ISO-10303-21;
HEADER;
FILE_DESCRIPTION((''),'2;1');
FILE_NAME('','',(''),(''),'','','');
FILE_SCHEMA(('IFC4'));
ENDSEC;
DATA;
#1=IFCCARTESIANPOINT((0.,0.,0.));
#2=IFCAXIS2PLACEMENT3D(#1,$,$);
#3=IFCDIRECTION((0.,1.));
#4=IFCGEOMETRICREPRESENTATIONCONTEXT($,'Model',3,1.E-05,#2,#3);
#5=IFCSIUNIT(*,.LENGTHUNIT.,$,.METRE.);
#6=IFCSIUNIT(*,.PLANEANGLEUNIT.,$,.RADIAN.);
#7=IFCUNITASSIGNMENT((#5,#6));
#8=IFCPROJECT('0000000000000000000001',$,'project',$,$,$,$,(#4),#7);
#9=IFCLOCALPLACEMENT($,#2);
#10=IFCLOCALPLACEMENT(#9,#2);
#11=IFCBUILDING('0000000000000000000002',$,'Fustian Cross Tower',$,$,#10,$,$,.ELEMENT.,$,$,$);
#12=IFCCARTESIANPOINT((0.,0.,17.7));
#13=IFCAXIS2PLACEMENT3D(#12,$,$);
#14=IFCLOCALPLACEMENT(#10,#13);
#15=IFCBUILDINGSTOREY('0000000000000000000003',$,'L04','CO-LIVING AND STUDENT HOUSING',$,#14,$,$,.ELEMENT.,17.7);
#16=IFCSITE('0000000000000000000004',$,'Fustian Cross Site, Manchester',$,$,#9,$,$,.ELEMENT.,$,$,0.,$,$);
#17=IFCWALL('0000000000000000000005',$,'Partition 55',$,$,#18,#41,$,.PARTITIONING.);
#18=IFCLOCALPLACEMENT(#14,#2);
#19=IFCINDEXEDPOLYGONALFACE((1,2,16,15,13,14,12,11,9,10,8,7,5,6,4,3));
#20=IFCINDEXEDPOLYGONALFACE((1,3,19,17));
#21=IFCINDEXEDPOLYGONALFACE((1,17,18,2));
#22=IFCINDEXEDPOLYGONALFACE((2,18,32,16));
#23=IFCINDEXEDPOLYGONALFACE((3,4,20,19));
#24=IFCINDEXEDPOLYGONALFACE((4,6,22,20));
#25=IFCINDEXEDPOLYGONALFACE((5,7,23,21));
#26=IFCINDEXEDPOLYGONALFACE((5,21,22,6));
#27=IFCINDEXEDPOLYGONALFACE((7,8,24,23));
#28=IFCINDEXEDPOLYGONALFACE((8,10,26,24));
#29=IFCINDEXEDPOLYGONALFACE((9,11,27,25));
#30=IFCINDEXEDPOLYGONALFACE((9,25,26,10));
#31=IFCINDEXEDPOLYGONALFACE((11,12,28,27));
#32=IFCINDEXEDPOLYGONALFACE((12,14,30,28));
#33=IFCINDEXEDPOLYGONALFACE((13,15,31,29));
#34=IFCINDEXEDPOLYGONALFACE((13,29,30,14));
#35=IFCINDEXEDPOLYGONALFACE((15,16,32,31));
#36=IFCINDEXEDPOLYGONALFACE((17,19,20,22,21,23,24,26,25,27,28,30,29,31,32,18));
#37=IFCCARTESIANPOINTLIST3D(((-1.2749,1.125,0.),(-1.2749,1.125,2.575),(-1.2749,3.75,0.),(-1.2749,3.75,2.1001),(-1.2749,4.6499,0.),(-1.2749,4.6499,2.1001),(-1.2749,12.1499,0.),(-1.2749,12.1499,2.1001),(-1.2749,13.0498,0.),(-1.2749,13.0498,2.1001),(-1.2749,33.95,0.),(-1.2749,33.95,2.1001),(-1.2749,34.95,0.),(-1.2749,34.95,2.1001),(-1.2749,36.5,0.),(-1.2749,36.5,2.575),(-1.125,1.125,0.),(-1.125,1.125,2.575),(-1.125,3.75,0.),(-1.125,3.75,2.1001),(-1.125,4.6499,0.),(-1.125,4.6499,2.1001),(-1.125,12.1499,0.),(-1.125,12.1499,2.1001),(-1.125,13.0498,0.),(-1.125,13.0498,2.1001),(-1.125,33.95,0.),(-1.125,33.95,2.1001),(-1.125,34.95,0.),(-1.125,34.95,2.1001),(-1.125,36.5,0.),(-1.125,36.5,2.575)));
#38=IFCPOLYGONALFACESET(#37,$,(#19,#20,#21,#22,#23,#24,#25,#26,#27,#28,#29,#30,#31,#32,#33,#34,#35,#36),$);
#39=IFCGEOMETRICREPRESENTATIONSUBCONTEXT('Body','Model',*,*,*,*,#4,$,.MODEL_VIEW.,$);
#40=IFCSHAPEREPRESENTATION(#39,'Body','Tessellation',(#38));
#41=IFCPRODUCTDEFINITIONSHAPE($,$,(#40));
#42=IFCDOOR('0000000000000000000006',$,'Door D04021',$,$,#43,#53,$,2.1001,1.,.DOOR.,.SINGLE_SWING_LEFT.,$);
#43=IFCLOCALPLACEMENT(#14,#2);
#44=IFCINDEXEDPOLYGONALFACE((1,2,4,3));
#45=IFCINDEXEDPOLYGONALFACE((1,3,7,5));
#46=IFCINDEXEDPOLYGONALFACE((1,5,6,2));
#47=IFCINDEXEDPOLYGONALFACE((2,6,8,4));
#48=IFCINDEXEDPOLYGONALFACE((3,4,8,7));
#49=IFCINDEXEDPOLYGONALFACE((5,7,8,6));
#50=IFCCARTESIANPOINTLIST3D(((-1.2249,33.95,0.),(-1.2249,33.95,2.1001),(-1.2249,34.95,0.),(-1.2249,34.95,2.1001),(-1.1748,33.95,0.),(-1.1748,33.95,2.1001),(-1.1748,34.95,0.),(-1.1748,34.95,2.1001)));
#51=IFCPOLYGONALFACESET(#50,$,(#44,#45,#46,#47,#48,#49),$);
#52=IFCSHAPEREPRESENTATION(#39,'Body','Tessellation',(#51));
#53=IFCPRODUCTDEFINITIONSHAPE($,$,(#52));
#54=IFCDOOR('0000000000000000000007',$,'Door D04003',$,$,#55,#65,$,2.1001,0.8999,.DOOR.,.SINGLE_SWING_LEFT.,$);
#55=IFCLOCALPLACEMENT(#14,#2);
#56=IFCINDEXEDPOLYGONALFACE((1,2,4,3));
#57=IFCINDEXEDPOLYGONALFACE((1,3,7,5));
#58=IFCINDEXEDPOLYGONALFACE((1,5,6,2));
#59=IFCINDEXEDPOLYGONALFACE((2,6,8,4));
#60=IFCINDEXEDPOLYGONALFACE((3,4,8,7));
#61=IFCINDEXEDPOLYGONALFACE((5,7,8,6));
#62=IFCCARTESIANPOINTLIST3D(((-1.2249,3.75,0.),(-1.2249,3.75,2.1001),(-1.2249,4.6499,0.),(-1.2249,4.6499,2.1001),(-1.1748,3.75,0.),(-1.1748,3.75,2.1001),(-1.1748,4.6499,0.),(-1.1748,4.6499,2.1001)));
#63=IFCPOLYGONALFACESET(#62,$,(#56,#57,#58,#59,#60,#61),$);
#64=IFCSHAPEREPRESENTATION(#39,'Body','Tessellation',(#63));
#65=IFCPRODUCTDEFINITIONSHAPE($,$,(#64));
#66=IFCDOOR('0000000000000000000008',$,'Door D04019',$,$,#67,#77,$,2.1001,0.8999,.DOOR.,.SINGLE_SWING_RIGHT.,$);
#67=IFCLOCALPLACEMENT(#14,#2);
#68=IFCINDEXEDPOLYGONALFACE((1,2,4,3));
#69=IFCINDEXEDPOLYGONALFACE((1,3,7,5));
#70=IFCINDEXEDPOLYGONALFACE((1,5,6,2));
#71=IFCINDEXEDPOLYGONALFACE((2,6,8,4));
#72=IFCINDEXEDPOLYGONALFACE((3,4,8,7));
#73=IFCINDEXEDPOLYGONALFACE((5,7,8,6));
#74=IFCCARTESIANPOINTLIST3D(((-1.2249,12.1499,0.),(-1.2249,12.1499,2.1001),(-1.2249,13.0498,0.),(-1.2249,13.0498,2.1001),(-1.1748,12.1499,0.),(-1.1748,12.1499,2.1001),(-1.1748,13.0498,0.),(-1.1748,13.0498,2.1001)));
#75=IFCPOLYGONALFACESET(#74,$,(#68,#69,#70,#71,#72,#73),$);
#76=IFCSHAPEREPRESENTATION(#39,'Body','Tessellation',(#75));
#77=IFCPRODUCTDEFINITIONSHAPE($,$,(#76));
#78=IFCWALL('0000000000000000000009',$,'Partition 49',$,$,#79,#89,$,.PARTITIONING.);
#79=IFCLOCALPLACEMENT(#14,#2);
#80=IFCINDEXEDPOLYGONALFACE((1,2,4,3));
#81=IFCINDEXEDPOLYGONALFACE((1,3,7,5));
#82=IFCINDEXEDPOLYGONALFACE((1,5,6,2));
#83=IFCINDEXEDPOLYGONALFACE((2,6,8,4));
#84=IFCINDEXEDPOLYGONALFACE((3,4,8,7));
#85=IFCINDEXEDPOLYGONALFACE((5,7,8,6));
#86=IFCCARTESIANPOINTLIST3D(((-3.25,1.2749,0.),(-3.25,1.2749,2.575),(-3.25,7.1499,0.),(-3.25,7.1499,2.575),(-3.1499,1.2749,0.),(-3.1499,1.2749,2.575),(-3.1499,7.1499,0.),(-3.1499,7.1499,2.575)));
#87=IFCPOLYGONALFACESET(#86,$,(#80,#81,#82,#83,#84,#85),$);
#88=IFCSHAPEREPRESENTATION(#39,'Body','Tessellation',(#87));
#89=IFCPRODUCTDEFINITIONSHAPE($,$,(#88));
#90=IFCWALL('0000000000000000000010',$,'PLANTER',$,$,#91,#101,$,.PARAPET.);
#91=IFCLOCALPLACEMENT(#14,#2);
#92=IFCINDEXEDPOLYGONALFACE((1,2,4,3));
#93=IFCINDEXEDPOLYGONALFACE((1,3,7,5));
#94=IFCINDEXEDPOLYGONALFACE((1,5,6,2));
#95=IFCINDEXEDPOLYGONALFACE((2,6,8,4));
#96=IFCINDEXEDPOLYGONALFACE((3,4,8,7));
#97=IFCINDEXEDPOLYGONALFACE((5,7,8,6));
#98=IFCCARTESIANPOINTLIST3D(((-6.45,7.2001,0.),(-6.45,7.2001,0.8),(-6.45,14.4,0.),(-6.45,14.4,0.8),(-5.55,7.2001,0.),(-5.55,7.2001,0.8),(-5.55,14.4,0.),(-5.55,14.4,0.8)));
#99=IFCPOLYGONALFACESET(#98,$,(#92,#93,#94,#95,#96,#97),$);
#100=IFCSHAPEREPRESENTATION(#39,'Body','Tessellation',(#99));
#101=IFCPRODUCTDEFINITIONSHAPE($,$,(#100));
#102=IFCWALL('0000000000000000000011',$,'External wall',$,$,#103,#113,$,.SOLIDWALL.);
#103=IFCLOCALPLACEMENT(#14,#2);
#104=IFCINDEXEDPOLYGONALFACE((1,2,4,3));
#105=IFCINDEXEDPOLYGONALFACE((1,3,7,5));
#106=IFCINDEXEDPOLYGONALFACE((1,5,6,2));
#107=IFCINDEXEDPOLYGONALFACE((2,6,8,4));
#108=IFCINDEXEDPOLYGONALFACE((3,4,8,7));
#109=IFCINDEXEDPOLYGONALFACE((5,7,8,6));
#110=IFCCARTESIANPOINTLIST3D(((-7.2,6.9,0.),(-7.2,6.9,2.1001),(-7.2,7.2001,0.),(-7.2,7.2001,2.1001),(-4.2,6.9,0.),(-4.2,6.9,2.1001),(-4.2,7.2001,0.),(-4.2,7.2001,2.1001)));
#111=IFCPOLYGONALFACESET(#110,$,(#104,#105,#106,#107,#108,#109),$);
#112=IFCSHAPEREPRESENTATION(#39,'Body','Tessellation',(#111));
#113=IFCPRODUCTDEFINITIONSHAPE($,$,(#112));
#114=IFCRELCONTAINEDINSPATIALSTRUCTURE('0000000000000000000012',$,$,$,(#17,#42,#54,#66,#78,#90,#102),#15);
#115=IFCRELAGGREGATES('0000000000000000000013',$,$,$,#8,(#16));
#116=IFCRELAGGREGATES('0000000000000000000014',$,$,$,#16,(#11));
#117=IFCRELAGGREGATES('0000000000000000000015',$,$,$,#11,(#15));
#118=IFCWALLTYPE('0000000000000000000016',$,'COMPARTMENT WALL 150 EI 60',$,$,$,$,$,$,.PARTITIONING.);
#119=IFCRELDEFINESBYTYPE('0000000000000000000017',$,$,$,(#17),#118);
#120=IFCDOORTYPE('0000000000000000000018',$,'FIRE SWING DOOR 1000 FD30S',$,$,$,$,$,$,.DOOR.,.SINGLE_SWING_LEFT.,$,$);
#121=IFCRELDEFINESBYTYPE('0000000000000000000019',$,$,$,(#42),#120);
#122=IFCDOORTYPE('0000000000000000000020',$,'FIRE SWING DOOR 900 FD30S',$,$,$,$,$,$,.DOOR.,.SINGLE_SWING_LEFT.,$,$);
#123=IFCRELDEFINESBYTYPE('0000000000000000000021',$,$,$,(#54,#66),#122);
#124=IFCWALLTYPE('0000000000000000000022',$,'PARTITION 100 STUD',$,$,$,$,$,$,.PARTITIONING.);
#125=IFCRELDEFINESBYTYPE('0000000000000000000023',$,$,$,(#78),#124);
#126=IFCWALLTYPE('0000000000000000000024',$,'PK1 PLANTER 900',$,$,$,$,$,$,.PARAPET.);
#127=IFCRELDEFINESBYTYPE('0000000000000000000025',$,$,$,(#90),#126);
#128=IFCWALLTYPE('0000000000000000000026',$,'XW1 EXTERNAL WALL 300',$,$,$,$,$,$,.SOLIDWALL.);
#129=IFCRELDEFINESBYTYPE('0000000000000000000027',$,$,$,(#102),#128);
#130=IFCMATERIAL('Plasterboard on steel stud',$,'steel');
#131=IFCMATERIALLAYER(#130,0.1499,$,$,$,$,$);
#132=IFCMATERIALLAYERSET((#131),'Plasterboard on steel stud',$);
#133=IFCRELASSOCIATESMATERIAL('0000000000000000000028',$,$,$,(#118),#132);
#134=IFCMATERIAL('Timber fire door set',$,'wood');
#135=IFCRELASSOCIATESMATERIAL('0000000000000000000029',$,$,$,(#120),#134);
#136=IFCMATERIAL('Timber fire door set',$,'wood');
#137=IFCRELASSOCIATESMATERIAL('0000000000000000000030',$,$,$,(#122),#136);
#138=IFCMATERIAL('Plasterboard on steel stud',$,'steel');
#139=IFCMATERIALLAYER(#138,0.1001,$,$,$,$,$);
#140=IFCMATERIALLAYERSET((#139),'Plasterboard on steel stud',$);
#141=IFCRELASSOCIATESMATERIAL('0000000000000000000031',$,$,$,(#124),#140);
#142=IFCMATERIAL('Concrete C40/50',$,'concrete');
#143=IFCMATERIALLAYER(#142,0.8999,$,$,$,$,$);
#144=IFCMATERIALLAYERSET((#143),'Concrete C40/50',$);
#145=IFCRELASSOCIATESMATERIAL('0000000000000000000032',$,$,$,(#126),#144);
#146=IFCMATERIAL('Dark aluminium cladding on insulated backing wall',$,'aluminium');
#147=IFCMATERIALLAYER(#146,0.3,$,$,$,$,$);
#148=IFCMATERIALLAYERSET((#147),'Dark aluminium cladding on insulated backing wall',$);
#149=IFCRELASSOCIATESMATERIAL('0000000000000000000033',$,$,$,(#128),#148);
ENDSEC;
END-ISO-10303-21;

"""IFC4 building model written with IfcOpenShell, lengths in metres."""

from ifc_helpers import new_model, si_unit, direction, frame, frame_2d, origin, place, context, subcontext, project, spatial, rectangle, extrude, material, layer, layer_set, type_object, element, fill, save


model = new_model("IFC4")

# Units and contexts
model_context = context("Model", 3, precision=1e-05, world=origin(), true_north=direction((0.0, 1.0)))
body_context = subcontext(model_context, "Body", "Model", "MODEL_VIEW")
ifc_project = project(units=[si_unit("LENGTHUNIT", "METRE"), si_unit("PLANEANGLEUNIT", "RADIAN")], contexts=[model_context])

# Site, building, storey
site_placement = place(None, origin())
site = spatial("IfcSite", under=ifc_project, at=site_placement, Name="Fustian Cross Site, Manchester", CompositionType="ELEMENT", RefElevation=0.0)
building_placement = place(site_placement, origin())
building = spatial("IfcBuilding", under=site, at=building_placement, Name="Fustian Cross Tower", CompositionType="ELEMENT")
storey_placement = place(building_placement, frame((0.0, 0.0, 17.7)))
storey = spatial("IfcBuildingStorey", under=building, at=storey_placement, Name="L04", Description="CO-LIVING AND STUDENT HOUSING", CompositionType="ELEMENT", Elevation=17.7)

# Wall, openings, doors
ifc_material_1 = material(Name="Plasterboard on steel stud", Category="steel")
ifc_layer_1 = layer(ifc_material_1, 0.1499)
ifc_layer_set_1 = layer_set([ifc_layer_1], Name="Plasterboard on steel stud")
wall_type_1 = type_object("IfcWallType", Name="COMPARTMENT WALL 150 EI 60", PredefinedType="PARTITIONING", material=ifc_layer_set_1)
wall_1_placement = place(storey_placement, frame((-1.2, 1.125, 0.0), z_axis=(0.0, 0.0, 1.0), x_axis=(0.0, 1.0, 0.0)))
wall_1 = element("IfcWall", 1, at=wall_1_placement, inside=storey, type_object=wall_type_1, Name="Partition 55", PredefinedType="PARTITIONING", context=body_context, shape_type="SweptSolid", body=[
    extrude(rectangle(XDim=35.375, YDim=0.1499, at=frame_2d((17.6875, 0.0))), origin(), (0.0, 0.0, 1.0), 2.575),
])
opening_1_placement = place(wall_1_placement, frame((2.625, 0.0, 0.0)))
opening_1 = element("IfcOpeningElement", 2, at=opening_1_placement, cuts=wall_1, PredefinedType="OPENING", context=body_context, shape_type="SweptSolid", body=[
    extrude(rectangle(XDim=0.8999, YDim=2.1001, at=frame_2d((0.45, 1.05))), frame((0.0, 0.085, 0.0), z_axis=(0.0, -1.0, 0.0), x_axis=(1.0, 0.0, 0.0)), (0.0, 0.0, 1.0), 0.1699),
])
opening_2_placement = place(wall_1_placement, frame((11.0249, 0.0, 0.0)))
opening_2 = element("IfcOpeningElement", 3, at=opening_2_placement, cuts=wall_1, PredefinedType="OPENING", context=body_context, shape_type="SweptSolid", body=[
    extrude(rectangle(XDim=0.8999, YDim=2.1001, at=frame_2d((0.45, 1.05))), frame((0.0, 0.085, 0.0), z_axis=(0.0, -1.0, 0.0), x_axis=(1.0, 0.0, 0.0)), (0.0, 0.0, 1.0), 0.1699),
])
opening_3_placement = place(wall_1_placement, frame((32.825, 0.0, 0.0)))
opening_3 = element("IfcOpeningElement", 4, at=opening_3_placement, cuts=wall_1, PredefinedType="OPENING", context=body_context, shape_type="SweptSolid", body=[
    extrude(rectangle(XDim=1.0, YDim=2.1001, at=frame_2d((0.5, 1.05))), frame((0.0, 0.085, 0.0), z_axis=(0.0, -1.0, 0.0), x_axis=(1.0, 0.0, 0.0)), (0.0, 0.0, 1.0), 0.1699),
])
ifc_material_2 = material(Name="Timber fire door set", Category="wood")
door_type_1 = type_object("IfcDoorType", Name="FIRE SWING DOOR 1000 FD30S", OperationType="SINGLE_SWING_LEFT", PredefinedType="DOOR", material=ifc_material_2)
door_1_placement = place(opening_3_placement, origin())
door_1 = element("IfcDoor", 5, at=door_1_placement, inside=storey, type_object=door_type_1, Name="Door D04021", OperationType="SINGLE_SWING_LEFT", OverallHeight=2.1001, OverallWidth=1.0, PredefinedType="DOOR", context=body_context, shape_type="SweptSolid", body=[
    extrude(rectangle(XDim=1.0, YDim=2.1001, at=frame_2d((0.5, 1.05))), frame((0.0, 0.0249, 0.0), z_axis=(0.0, -1.0, 0.0), x_axis=(1.0, 0.0, 0.0)), (0.0, 0.0, 1.0), 0.05),
])
fill(opening_3, door_1)
ifc_material_3 = material(Name="Timber fire door set", Category="wood")
door_type_2 = type_object("IfcDoorType", Name="FIRE SWING DOOR 900 FD30S", OperationType="SINGLE_SWING_LEFT", PredefinedType="DOOR", material=ifc_material_3)
door_2_placement = place(opening_1_placement, origin())
door_2 = element("IfcDoor", 6, at=door_2_placement, inside=storey, type_object=door_type_2, Name="Door D04003", OperationType="SINGLE_SWING_LEFT", OverallHeight=2.1001, OverallWidth=0.8999, PredefinedType="DOOR", context=body_context, shape_type="SweptSolid", body=[
    extrude(rectangle(XDim=0.8999, YDim=2.1001, at=frame_2d((0.45, 1.05))), frame((0.0, 0.0249, 0.0), z_axis=(0.0, -1.0, 0.0), x_axis=(1.0, 0.0, 0.0)), (0.0, 0.0, 1.0), 0.05),
])
fill(opening_1, door_2)
door_3_placement = place(opening_2_placement, origin())
door_3 = element("IfcDoor", 7, at=door_3_placement, inside=storey, type_object=door_type_2, Name="Door D04019", OperationType="SINGLE_SWING_RIGHT", OverallHeight=2.1001, OverallWidth=0.8999, PredefinedType="DOOR", context=body_context, shape_type="SweptSolid", body=[
    extrude(rectangle(XDim=0.8999, YDim=2.1001, at=frame_2d((0.45, 1.05))), frame((0.0, 0.0249, 0.0), z_axis=(0.0, -1.0, 0.0), x_axis=(1.0, 0.0, 0.0)), (0.0, 0.0, 1.0), 0.05),
])
fill(opening_2, door_3)

# Walls
ifc_material_4 = material(Name="Plasterboard on steel stud", Category="steel")
ifc_layer_2 = layer(ifc_material_4, 0.1001)
ifc_layer_set_2 = layer_set([ifc_layer_2], Name="Plasterboard on steel stud")
wall_type_2 = type_object("IfcWallType", Name="PARTITION 100 STUD", PredefinedType="PARTITIONING", material=ifc_layer_set_2)
wall_2_placement = place(storey_placement, frame((-3.2, 1.2749, 0.0), z_axis=(0.0, 0.0, 1.0), x_axis=(0.0, 1.0, 0.0)))
element("IfcWall", 8, at=wall_2_placement, inside=storey, type_object=wall_type_2, Name="Partition 49", PredefinedType="PARTITIONING", context=body_context, shape_type="SweptSolid", body=[
    extrude(rectangle(XDim=5.875, YDim=0.1001, at=frame_2d((2.9375, 0.0))), origin(), (0.0, 0.0, 1.0), 2.575),
])
ifc_material_5 = material(Name="Concrete C40/50", Category="concrete")
ifc_layer_3 = layer(ifc_material_5, 0.8999)
ifc_layer_set_3 = layer_set([ifc_layer_3], Name="Concrete C40/50")
wall_type_3 = type_object("IfcWallType", Name="PK1 PLANTER 900", PredefinedType="PARAPET", material=ifc_layer_set_3)
wall_3_placement = place(storey_placement, frame((-6.0, 7.2, 0.0), z_axis=(0.0, 0.0, 1.0), x_axis=(0.0, 1.0, 0.0)))
element("IfcWall", 9, at=wall_3_placement, inside=storey, type_object=wall_type_3, Name="PLANTER", PredefinedType="PARAPET", context=body_context, shape_type="SweptSolid", body=[
    extrude(rectangle(XDim=7.2, YDim=0.8999, at=frame_2d((3.6001, 0.0))), origin(), (0.0, 0.0, 1.0), 0.8),
])
ifc_material_6 = material(Name="Dark aluminium cladding on insulated backing wall", Category="aluminium")
ifc_layer_4 = layer(ifc_material_6, 0.3)
ifc_layer_set_4 = layer_set([ifc_layer_4], Name="Dark aluminium cladding on insulated backing wall")
wall_type_4 = type_object("IfcWallType", Name="XW1 EXTERNAL WALL 300", PredefinedType="SOLIDWALL", material=ifc_layer_set_4)
wall_4_placement = place(storey_placement, frame((-4.2, 7.05, 0.0), z_axis=(0.0, 0.0, 1.0), x_axis=(-1.0, 0.0, 0.0)))
element("IfcWall", 10, at=wall_4_placement, inside=storey, type_object=wall_type_4, Name="External wall", PredefinedType="SOLIDWALL", context=body_context, shape_type="SweptSolid", body=[
    extrude(rectangle(XDim=3.0, YDim=0.3, at=frame_2d((1.5, 0.0))), origin(), (0.0, 0.0, 1.0), 2.1001),
])

save(model, "model.ifc")
